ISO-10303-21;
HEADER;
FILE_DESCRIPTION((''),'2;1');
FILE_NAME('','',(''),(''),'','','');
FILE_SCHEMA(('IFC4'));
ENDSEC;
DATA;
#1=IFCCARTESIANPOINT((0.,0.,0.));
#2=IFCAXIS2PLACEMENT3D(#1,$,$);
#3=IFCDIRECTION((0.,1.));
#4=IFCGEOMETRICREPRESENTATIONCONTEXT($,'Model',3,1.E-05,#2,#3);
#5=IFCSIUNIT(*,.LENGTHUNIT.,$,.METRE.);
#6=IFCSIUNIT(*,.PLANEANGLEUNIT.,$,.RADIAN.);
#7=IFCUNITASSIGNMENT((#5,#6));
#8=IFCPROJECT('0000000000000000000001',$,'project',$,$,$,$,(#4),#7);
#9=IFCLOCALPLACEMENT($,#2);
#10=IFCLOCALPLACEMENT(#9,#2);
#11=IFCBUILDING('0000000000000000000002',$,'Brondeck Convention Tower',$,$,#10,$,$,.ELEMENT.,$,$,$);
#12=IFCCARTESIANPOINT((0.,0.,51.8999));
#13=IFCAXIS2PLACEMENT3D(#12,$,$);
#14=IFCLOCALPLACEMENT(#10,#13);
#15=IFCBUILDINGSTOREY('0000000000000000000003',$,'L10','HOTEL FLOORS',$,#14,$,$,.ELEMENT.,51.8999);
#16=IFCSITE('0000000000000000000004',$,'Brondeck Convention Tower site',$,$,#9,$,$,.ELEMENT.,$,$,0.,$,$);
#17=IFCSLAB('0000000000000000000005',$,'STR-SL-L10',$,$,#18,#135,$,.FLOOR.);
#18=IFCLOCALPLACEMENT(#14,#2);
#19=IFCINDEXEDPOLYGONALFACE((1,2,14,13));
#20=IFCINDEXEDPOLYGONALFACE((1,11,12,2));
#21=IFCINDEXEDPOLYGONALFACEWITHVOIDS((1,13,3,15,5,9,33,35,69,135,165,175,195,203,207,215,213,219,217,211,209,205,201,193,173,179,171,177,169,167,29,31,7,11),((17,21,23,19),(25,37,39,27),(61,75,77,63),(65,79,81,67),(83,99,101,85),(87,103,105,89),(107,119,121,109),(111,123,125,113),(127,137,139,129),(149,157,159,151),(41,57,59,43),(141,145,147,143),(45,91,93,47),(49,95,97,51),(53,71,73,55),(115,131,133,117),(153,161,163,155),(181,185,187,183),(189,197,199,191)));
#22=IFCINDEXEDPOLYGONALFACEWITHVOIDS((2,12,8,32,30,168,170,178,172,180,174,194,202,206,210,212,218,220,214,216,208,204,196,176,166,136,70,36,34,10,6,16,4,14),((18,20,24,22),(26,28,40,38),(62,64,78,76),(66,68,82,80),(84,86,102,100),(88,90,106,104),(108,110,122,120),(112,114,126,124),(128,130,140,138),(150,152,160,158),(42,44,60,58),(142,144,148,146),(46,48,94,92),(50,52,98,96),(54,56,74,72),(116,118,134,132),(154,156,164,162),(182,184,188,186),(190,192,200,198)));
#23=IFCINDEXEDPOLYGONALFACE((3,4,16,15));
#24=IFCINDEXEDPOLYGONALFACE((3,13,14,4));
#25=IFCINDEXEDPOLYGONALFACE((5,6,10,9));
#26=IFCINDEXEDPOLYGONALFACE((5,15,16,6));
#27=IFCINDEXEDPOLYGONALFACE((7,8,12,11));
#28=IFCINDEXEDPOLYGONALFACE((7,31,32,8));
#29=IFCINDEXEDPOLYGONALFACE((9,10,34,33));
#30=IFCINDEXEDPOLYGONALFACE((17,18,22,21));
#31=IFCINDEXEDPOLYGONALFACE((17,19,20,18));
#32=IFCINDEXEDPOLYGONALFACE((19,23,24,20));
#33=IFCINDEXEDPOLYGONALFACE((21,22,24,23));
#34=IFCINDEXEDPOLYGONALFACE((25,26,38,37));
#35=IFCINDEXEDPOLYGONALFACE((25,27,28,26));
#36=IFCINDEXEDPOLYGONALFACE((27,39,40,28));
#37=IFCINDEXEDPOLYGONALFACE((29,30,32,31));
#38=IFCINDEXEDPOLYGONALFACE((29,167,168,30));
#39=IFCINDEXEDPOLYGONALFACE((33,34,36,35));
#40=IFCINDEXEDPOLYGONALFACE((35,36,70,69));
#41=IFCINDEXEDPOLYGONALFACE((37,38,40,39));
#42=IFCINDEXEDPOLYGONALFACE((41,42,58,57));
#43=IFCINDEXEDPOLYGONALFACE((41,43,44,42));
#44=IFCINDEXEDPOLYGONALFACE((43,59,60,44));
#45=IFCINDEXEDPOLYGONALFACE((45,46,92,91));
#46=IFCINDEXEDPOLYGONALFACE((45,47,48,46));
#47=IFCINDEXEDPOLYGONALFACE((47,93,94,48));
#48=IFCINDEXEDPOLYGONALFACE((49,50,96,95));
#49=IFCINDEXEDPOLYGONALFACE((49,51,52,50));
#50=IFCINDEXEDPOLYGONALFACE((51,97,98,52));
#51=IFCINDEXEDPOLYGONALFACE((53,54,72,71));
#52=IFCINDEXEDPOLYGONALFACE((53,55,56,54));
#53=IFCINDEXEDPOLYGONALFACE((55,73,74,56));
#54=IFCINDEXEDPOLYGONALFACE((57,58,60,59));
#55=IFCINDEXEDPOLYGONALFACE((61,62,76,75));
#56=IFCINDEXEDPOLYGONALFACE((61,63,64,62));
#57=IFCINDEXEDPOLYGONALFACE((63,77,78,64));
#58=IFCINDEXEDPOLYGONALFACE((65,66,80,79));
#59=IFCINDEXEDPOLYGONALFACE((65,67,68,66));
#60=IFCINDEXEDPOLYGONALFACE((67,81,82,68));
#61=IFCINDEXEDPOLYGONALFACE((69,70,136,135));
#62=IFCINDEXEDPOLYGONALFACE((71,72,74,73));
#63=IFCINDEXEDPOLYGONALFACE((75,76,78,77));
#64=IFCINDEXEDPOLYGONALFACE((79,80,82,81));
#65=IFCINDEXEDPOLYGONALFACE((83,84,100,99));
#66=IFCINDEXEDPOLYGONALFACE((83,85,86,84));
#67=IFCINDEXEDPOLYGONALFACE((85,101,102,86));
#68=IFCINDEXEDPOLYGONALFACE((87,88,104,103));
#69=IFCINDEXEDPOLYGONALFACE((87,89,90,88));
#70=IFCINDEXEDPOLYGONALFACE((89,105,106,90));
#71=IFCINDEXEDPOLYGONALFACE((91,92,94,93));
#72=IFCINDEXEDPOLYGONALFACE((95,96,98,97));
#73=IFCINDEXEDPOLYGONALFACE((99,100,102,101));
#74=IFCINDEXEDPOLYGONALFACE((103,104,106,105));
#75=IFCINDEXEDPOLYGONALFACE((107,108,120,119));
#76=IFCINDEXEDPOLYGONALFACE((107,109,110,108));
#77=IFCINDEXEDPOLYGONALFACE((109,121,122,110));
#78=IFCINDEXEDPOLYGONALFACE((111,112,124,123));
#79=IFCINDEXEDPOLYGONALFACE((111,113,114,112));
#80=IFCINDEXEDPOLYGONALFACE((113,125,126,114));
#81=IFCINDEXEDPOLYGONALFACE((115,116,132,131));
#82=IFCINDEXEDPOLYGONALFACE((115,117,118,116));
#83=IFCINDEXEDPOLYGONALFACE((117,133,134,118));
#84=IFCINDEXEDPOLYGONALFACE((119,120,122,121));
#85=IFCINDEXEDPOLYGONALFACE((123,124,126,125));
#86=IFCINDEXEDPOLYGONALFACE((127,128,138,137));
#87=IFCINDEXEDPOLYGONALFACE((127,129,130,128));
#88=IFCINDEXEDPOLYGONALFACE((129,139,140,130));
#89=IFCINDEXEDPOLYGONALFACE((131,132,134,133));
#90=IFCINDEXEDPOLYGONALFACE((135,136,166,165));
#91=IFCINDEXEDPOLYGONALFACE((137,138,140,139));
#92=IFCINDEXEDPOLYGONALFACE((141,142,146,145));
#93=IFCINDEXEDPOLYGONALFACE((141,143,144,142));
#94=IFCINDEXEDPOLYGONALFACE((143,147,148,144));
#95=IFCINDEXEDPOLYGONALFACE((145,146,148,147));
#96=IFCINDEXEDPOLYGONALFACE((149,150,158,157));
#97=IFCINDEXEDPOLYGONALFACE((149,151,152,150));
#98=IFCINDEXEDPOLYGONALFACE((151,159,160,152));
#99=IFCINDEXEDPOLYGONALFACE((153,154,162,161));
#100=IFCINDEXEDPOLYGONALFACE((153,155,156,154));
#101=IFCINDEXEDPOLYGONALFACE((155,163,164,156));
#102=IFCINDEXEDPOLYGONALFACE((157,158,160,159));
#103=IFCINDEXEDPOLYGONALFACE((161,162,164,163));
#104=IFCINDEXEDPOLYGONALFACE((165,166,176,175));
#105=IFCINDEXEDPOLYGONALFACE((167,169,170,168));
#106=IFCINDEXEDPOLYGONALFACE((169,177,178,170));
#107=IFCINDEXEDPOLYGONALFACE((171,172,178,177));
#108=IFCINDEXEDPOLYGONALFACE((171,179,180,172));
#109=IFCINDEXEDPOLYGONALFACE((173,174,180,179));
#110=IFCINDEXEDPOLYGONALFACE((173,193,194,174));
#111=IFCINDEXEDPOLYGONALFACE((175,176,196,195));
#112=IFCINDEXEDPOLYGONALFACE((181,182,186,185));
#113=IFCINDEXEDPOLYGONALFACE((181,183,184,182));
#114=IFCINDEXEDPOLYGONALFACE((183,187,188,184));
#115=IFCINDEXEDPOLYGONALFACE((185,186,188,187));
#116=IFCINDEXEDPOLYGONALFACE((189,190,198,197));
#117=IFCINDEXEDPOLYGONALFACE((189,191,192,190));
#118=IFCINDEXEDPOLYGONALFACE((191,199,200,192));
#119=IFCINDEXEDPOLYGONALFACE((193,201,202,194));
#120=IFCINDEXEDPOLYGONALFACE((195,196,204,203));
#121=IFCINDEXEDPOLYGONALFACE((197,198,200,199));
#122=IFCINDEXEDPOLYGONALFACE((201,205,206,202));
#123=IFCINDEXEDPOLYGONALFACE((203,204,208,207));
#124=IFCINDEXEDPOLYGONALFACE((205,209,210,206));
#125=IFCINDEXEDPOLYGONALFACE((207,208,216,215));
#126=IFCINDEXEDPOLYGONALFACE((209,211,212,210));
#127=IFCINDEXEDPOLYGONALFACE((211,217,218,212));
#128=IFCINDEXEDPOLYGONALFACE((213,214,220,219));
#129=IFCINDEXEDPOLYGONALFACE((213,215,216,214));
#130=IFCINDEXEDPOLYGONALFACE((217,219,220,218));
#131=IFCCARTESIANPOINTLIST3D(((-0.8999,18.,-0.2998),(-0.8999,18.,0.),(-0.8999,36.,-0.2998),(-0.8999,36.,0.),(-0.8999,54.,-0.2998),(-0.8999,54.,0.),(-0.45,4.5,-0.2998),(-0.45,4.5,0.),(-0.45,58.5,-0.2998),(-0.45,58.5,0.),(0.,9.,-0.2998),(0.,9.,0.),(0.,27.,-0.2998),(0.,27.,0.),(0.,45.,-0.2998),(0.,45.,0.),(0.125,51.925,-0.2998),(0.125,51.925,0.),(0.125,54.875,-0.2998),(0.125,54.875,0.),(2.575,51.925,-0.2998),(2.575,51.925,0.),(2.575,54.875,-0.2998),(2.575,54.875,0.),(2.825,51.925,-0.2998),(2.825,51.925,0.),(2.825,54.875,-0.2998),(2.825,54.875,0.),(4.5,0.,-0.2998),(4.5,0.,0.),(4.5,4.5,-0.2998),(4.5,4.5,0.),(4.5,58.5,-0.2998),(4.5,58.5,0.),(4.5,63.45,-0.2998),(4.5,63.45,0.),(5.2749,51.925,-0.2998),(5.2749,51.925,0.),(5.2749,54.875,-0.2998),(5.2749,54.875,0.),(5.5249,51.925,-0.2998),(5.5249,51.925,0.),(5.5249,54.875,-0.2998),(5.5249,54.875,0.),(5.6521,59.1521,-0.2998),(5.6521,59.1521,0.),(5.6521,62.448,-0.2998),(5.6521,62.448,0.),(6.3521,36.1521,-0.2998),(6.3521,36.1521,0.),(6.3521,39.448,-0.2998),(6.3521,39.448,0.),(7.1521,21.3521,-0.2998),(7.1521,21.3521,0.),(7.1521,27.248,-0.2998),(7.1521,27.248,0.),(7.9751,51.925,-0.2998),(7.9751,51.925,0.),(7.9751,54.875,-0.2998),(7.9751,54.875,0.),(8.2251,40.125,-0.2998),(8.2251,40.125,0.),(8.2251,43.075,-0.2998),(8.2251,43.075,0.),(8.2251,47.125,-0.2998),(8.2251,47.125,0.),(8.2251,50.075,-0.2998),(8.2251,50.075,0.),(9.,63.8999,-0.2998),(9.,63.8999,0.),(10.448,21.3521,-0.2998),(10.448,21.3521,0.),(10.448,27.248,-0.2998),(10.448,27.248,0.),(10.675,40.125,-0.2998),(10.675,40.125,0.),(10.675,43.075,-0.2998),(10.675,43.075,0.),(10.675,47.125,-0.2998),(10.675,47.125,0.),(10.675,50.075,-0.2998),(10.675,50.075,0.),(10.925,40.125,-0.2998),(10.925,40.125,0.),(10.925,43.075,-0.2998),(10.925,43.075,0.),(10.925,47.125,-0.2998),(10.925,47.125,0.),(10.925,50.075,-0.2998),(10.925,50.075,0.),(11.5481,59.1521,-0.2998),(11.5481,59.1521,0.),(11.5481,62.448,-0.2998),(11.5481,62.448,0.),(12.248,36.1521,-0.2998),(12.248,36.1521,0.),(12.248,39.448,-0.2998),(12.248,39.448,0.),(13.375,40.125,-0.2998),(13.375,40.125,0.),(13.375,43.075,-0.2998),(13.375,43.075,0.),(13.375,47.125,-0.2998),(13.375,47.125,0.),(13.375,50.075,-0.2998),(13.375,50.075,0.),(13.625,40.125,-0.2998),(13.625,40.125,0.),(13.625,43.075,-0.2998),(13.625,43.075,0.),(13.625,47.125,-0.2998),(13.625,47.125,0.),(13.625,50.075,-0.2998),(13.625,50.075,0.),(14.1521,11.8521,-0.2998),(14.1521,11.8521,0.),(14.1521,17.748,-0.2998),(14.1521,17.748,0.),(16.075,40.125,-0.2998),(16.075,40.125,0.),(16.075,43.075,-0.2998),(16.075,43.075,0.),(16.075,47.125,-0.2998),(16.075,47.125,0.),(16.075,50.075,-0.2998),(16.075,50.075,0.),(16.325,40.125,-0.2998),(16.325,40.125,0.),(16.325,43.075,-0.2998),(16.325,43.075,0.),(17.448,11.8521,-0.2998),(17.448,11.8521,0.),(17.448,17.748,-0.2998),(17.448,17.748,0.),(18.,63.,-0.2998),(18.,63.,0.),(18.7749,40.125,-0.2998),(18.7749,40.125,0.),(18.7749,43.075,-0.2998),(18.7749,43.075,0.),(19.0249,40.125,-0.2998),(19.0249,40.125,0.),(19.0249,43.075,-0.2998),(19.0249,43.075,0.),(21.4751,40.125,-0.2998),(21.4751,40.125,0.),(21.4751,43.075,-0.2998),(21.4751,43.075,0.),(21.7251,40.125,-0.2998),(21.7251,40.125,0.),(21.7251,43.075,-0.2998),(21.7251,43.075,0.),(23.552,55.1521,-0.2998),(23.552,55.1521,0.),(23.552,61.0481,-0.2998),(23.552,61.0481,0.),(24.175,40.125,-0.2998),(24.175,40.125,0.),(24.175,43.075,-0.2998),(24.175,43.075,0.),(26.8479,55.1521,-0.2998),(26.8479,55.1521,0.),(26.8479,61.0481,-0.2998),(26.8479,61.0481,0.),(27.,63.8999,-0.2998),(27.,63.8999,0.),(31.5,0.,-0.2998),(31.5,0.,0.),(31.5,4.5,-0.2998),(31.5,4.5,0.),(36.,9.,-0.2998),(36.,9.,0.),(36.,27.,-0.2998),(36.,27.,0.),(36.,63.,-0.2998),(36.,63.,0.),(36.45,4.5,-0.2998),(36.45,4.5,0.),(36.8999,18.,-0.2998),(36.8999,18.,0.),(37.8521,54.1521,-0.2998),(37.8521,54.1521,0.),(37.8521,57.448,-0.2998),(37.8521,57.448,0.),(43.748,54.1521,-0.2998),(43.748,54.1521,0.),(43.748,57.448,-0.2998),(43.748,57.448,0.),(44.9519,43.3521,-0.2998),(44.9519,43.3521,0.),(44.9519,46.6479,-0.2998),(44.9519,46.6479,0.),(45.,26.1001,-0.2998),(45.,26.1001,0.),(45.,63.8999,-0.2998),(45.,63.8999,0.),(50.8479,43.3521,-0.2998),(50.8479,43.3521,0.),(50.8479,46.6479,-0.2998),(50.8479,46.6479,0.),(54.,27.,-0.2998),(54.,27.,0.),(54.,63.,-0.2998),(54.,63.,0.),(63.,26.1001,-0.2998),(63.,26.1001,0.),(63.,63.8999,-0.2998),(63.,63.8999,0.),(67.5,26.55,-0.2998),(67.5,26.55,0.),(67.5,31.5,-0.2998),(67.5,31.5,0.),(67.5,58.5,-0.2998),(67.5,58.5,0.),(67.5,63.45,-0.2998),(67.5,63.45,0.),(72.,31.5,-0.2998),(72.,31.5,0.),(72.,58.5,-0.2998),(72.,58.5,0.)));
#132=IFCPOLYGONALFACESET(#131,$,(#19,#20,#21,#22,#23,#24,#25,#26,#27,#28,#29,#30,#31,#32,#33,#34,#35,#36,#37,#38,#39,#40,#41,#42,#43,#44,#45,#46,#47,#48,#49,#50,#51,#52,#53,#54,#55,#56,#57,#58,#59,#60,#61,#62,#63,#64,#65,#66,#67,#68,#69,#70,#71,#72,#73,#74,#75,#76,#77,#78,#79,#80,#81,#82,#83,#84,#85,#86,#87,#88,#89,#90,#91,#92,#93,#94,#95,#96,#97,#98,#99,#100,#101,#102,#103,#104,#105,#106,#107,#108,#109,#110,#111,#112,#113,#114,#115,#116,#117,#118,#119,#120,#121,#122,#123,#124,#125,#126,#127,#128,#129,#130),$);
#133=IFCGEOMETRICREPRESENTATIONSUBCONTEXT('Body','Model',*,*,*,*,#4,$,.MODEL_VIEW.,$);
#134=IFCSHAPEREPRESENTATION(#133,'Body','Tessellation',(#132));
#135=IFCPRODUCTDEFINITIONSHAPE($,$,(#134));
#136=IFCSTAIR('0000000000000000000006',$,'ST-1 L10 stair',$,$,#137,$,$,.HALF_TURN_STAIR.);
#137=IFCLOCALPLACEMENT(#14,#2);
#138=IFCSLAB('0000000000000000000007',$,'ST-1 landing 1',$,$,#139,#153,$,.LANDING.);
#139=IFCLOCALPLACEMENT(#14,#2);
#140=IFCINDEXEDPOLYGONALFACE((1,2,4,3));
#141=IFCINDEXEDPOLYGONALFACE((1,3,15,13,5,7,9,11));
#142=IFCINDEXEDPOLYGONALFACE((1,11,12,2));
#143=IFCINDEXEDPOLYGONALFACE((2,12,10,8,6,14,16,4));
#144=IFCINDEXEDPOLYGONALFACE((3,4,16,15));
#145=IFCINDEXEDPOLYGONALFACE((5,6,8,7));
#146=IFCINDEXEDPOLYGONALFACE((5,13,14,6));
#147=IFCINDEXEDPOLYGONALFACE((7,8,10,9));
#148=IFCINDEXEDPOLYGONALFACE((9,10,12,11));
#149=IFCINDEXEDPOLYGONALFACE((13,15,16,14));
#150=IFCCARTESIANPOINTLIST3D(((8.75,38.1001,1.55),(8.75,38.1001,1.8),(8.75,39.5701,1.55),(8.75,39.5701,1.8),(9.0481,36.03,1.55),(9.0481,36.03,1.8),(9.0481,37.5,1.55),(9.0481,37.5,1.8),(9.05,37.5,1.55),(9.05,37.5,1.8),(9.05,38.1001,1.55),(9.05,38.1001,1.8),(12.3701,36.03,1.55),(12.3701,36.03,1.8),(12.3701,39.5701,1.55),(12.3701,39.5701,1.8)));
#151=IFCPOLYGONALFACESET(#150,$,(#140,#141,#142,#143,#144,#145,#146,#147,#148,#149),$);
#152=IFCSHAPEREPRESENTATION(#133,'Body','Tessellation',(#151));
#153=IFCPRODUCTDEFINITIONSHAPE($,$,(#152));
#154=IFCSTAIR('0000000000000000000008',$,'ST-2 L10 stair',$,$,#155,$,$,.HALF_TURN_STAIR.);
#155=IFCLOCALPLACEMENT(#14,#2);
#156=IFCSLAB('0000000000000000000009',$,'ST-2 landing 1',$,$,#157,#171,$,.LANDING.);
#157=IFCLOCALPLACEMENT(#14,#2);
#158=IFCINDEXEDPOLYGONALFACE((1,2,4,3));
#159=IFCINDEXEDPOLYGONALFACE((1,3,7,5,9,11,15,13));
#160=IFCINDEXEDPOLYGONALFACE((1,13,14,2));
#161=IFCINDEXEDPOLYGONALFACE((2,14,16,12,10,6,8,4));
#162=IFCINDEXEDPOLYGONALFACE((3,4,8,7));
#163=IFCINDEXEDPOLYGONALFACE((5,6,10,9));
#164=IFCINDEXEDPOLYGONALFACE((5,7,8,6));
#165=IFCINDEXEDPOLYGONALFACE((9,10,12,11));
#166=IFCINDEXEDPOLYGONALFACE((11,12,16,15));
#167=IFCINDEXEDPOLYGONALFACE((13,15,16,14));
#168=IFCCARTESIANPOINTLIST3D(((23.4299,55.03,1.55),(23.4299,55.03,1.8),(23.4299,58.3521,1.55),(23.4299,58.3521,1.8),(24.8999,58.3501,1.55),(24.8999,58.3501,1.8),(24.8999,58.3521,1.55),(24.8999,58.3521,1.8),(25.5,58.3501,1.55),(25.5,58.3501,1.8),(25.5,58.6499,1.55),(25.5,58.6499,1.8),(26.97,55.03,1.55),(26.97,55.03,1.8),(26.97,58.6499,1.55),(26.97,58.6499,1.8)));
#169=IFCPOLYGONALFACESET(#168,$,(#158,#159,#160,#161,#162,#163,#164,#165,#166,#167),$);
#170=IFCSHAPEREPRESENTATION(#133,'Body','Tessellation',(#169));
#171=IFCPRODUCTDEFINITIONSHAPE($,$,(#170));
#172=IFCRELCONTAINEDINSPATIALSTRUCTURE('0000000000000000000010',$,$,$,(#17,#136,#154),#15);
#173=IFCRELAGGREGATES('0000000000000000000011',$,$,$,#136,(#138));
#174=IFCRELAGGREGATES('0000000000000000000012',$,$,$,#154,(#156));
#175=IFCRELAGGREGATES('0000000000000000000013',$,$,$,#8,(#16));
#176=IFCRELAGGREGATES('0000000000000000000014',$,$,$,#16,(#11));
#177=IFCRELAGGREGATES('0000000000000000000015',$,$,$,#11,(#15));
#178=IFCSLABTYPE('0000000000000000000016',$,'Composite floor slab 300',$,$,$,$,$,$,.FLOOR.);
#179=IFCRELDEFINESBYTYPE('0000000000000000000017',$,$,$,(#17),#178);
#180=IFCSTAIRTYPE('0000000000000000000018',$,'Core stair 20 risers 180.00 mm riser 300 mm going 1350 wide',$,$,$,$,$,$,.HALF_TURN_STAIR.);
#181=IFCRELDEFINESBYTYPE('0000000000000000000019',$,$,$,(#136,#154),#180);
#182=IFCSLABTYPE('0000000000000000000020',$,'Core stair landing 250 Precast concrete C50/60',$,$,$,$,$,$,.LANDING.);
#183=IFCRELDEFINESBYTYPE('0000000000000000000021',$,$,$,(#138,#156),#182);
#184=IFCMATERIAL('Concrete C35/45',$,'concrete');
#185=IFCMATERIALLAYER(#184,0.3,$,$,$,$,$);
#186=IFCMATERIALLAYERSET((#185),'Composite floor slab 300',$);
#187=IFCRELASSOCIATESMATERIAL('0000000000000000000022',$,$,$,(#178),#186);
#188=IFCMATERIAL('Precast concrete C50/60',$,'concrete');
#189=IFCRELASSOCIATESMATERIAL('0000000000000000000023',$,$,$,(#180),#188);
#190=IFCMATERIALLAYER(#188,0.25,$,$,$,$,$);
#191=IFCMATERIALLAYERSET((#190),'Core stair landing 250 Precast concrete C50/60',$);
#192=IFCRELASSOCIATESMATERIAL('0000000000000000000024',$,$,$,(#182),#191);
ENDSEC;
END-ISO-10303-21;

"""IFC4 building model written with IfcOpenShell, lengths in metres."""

from ifc_helpers import new_model, si_unit, direction, frame, origin, place, context, subcontext, project, spatial, polyline, outline, extrude, material, layer, layer_set, type_object, element, aggregate, save


model = new_model("IFC4")

# Units and contexts
model_context = context("Model", 3, precision=1e-05, world=origin(), true_north=direction((0.0, 1.0)))
body_context = subcontext(model_context, "Body", "Model", "MODEL_VIEW")
ifc_project = project(units=[si_unit("LENGTHUNIT", "METRE"), si_unit("PLANEANGLEUNIT", "RADIAN")], contexts=[model_context])

# Site, building, storey
site_placement = place(None, origin())
site = spatial("IfcSite", under=ifc_project, at=site_placement, Name="Brondeck Convention Tower site", CompositionType="ELEMENT", RefElevation=0.0)
building_placement = place(site_placement, origin())
building = spatial("IfcBuilding", under=site, at=building_placement, Name="Brondeck Convention Tower", CompositionType="ELEMENT")
storey_placement = place(building_placement, frame((0.0, 0.0, 51.8999)))
storey = spatial("IfcBuildingStorey", under=building, at=storey_placement, Name="L10", Description="HOTEL FLOORS", CompositionType="ELEMENT", Elevation=51.8999)

# Slab
ifc_material_1 = material(Name="Concrete C35/45", Category="concrete")
ifc_layer_1 = layer(ifc_material_1, 0.3)
ifc_layer_set_1 = layer_set([ifc_layer_1], Name="Composite floor slab 300")
slab_type_1 = type_object("IfcSlabType", Name="Composite floor slab 300", PredefinedType="FLOOR", material=ifc_layer_set_1)
slab_1_placement = place(storey_placement, frame((0.0, 0.0, -0.2998)))
element("IfcSlab", 1, at=slab_1_placement, inside=storey, type_object=slab_type_1, Name="STR-SL-L10", PredefinedType="FLOOR", context=body_context, shape_type="SweptSolid", body=[
    extrude(outline(polyline([(4.5, 4.5), (-0.45, 4.5), (0.0, 9.0), (-0.8999, 18.0), (0.0, 27.0), (-0.8999, 36.0), (0.0, 45.0), (-0.8999, 54.0), (-0.45, 58.5), (4.5, 58.5), (4.5, 63.45), (9.0, 63.8999), (18.0, 63.0), (27.0, 63.8999), (36.0, 63.0), (45.0, 63.8999), (54.0, 63.0), (63.0, 63.8999), (67.5, 63.45), (67.5, 58.5), (72.0, 58.5), (72.0, 31.5), (67.5, 31.5), (67.5, 26.55), (63.0, 26.1001), (54.0, 27.0), (45.0, 26.1001), (36.0, 27.0), (36.8999, 18.0), (36.0, 9.0), (36.45, 4.5), (31.5, 4.5), (31.5, 0.0), (4.5, 0.0), (4.5, 4.5)]), holes=[polyline([(10.448, 27.248), (7.1521, 27.248), (7.1521, 21.3521), (10.448, 21.3521), (10.448, 27.248)]), polyline([(12.248, 36.1521), (12.248, 39.448), (6.3521, 39.448), (6.3521, 36.1521), (12.248, 36.1521)]), polyline([(10.675, 40.125), (10.675, 43.075), (8.2251, 43.075), (8.2251, 40.125), (10.675, 40.125)]), polyline([(13.375, 40.125), (13.375, 43.075), (10.925, 43.075), (10.925, 40.125), (13.375, 40.125)]), polyline([(10.675, 47.125), (10.675, 50.075), (8.2251, 50.075), (8.2251, 47.125), (10.675, 47.125)]), polyline([(13.375, 47.125), (13.375, 50.075), (10.925, 50.075), (10.925, 47.125), (13.375, 47.125)]), polyline([(2.575, 51.925), (2.575, 54.875), (0.125, 54.875), (0.125, 51.925), (2.575, 51.925)]), polyline([(2.825, 51.925), (5.2749, 51.925), (5.2749, 54.875), (2.825, 54.875), (2.825, 51.925)]), polyline([(5.5249, 51.925), (7.9751, 51.925), (7.9751, 54.875), (5.5249, 54.875), (5.5249, 51.925)]), polyline([(5.6521, 62.448), (5.6521, 59.1521), (11.5481, 59.1521), (11.5481, 62.448), (5.6521, 62.448)]), polyline([(17.448, 17.748), (14.1521, 17.748), (14.1521, 11.8521), (17.448, 11.8521), (17.448, 17.748)]), polyline([(16.075, 40.125), (16.075, 43.075), (13.625, 43.075), (13.625, 40.125), (16.075, 40.125)]), polyline([(16.325, 40.125), (18.7749, 40.125), (18.7749, 43.075), (16.325, 43.075), (16.325, 40.125)]), polyline([(19.0249, 40.125), (21.4751, 40.125), (21.4751, 43.075), (19.0249, 43.075), (19.0249, 40.125)]), polyline([(24.175, 40.125), (24.175, 43.075), (21.7251, 43.075), (21.7251, 40.125), (24.175, 40.125)]), polyline([(50.8479, 43.3521), (50.8479, 46.6479), (44.9519, 46.6479), (44.9519, 43.3521), (50.8479, 43.3521)]), polyline([(16.075, 47.125), (16.075, 50.075), (13.625, 50.075), (13.625, 47.125), (16.075, 47.125)]), polyline([(37.8521, 54.1521), (43.748, 54.1521), (43.748, 57.448), (37.8521, 57.448), (37.8521, 54.1521)]), polyline([(23.552, 61.0481), (23.552, 55.1521), (26.8479, 55.1521), (26.8479, 61.0481), (23.552, 61.0481)])]), origin(), (0.0, 0.0, 1.0), 0.2998),
])

# Stairs, slabs
ifc_material_2 = material(Name="Precast concrete C50/60", Category="concrete")
stair_type = type_object("IfcStairType", Name="Core stair 20 risers 180.00 mm riser 300 mm going 1350 wide", PredefinedType="HALF_TURN_STAIR", material=ifc_material_2)
stair_1_placement = place(storey_placement, origin())
stair_1 = element("IfcStair", 2, at=stair_1_placement, inside=storey, type_object=stair_type, Name="ST-1 L10 stair", PredefinedType="HALF_TURN_STAIR")
ifc_layer_2 = layer(ifc_material_2, 0.25)
ifc_layer_set_2 = layer_set([ifc_layer_2], Name="Core stair landing 250 Precast concrete C50/60")
slab_type_2 = type_object("IfcSlabType", Name="Core stair landing 250 Precast concrete C50/60", PredefinedType="LANDING", material=ifc_layer_set_2)
slab_2_placement = place(storey_placement, frame((0.0, 0.0, 1.55)))
slab_2 = element("IfcSlab", 3, at=slab_2_placement, type_object=slab_type_2, Name="ST-1 landing 1", PredefinedType="LANDING", context=body_context, shape_type="SweptSolid", body=[
    extrude(outline(polyline([(9.0481, 37.5), (9.05, 37.5), (9.05, 38.1001), (8.75, 38.1001), (8.75, 39.5701), (12.3701, 39.5701), (12.3701, 36.03), (9.0481, 36.03), (9.0481, 37.5)])), origin(), (0.0, 0.0, 1.0), 0.25),
])
aggregate(stair_1, [slab_2])
stair_2_placement = place(storey_placement, origin())
stair_2 = element("IfcStair", 4, at=stair_2_placement, inside=storey, type_object=stair_type, Name="ST-2 L10 stair", PredefinedType="HALF_TURN_STAIR")
slab_3_placement = place(storey_placement, frame((0.0, 0.0, 1.55)))
slab_3 = element("IfcSlab", 5, at=slab_3_placement, type_object=slab_type_2, Name="ST-2 landing 1", PredefinedType="LANDING", context=body_context, shape_type="SweptSolid", body=[
    extrude(outline(polyline([(23.4299, 58.3521), (24.8999, 58.3521), (24.8999, 58.3501), (25.5, 58.3501), (25.5, 58.6499), (26.97, 58.6499), (26.97, 55.03), (23.4299, 55.03), (23.4299, 58.3521)])), origin(), (0.0, 0.0, 1.0), 0.25),
])
aggregate(stair_2, [slab_3])

save(model, "model.ifc")
